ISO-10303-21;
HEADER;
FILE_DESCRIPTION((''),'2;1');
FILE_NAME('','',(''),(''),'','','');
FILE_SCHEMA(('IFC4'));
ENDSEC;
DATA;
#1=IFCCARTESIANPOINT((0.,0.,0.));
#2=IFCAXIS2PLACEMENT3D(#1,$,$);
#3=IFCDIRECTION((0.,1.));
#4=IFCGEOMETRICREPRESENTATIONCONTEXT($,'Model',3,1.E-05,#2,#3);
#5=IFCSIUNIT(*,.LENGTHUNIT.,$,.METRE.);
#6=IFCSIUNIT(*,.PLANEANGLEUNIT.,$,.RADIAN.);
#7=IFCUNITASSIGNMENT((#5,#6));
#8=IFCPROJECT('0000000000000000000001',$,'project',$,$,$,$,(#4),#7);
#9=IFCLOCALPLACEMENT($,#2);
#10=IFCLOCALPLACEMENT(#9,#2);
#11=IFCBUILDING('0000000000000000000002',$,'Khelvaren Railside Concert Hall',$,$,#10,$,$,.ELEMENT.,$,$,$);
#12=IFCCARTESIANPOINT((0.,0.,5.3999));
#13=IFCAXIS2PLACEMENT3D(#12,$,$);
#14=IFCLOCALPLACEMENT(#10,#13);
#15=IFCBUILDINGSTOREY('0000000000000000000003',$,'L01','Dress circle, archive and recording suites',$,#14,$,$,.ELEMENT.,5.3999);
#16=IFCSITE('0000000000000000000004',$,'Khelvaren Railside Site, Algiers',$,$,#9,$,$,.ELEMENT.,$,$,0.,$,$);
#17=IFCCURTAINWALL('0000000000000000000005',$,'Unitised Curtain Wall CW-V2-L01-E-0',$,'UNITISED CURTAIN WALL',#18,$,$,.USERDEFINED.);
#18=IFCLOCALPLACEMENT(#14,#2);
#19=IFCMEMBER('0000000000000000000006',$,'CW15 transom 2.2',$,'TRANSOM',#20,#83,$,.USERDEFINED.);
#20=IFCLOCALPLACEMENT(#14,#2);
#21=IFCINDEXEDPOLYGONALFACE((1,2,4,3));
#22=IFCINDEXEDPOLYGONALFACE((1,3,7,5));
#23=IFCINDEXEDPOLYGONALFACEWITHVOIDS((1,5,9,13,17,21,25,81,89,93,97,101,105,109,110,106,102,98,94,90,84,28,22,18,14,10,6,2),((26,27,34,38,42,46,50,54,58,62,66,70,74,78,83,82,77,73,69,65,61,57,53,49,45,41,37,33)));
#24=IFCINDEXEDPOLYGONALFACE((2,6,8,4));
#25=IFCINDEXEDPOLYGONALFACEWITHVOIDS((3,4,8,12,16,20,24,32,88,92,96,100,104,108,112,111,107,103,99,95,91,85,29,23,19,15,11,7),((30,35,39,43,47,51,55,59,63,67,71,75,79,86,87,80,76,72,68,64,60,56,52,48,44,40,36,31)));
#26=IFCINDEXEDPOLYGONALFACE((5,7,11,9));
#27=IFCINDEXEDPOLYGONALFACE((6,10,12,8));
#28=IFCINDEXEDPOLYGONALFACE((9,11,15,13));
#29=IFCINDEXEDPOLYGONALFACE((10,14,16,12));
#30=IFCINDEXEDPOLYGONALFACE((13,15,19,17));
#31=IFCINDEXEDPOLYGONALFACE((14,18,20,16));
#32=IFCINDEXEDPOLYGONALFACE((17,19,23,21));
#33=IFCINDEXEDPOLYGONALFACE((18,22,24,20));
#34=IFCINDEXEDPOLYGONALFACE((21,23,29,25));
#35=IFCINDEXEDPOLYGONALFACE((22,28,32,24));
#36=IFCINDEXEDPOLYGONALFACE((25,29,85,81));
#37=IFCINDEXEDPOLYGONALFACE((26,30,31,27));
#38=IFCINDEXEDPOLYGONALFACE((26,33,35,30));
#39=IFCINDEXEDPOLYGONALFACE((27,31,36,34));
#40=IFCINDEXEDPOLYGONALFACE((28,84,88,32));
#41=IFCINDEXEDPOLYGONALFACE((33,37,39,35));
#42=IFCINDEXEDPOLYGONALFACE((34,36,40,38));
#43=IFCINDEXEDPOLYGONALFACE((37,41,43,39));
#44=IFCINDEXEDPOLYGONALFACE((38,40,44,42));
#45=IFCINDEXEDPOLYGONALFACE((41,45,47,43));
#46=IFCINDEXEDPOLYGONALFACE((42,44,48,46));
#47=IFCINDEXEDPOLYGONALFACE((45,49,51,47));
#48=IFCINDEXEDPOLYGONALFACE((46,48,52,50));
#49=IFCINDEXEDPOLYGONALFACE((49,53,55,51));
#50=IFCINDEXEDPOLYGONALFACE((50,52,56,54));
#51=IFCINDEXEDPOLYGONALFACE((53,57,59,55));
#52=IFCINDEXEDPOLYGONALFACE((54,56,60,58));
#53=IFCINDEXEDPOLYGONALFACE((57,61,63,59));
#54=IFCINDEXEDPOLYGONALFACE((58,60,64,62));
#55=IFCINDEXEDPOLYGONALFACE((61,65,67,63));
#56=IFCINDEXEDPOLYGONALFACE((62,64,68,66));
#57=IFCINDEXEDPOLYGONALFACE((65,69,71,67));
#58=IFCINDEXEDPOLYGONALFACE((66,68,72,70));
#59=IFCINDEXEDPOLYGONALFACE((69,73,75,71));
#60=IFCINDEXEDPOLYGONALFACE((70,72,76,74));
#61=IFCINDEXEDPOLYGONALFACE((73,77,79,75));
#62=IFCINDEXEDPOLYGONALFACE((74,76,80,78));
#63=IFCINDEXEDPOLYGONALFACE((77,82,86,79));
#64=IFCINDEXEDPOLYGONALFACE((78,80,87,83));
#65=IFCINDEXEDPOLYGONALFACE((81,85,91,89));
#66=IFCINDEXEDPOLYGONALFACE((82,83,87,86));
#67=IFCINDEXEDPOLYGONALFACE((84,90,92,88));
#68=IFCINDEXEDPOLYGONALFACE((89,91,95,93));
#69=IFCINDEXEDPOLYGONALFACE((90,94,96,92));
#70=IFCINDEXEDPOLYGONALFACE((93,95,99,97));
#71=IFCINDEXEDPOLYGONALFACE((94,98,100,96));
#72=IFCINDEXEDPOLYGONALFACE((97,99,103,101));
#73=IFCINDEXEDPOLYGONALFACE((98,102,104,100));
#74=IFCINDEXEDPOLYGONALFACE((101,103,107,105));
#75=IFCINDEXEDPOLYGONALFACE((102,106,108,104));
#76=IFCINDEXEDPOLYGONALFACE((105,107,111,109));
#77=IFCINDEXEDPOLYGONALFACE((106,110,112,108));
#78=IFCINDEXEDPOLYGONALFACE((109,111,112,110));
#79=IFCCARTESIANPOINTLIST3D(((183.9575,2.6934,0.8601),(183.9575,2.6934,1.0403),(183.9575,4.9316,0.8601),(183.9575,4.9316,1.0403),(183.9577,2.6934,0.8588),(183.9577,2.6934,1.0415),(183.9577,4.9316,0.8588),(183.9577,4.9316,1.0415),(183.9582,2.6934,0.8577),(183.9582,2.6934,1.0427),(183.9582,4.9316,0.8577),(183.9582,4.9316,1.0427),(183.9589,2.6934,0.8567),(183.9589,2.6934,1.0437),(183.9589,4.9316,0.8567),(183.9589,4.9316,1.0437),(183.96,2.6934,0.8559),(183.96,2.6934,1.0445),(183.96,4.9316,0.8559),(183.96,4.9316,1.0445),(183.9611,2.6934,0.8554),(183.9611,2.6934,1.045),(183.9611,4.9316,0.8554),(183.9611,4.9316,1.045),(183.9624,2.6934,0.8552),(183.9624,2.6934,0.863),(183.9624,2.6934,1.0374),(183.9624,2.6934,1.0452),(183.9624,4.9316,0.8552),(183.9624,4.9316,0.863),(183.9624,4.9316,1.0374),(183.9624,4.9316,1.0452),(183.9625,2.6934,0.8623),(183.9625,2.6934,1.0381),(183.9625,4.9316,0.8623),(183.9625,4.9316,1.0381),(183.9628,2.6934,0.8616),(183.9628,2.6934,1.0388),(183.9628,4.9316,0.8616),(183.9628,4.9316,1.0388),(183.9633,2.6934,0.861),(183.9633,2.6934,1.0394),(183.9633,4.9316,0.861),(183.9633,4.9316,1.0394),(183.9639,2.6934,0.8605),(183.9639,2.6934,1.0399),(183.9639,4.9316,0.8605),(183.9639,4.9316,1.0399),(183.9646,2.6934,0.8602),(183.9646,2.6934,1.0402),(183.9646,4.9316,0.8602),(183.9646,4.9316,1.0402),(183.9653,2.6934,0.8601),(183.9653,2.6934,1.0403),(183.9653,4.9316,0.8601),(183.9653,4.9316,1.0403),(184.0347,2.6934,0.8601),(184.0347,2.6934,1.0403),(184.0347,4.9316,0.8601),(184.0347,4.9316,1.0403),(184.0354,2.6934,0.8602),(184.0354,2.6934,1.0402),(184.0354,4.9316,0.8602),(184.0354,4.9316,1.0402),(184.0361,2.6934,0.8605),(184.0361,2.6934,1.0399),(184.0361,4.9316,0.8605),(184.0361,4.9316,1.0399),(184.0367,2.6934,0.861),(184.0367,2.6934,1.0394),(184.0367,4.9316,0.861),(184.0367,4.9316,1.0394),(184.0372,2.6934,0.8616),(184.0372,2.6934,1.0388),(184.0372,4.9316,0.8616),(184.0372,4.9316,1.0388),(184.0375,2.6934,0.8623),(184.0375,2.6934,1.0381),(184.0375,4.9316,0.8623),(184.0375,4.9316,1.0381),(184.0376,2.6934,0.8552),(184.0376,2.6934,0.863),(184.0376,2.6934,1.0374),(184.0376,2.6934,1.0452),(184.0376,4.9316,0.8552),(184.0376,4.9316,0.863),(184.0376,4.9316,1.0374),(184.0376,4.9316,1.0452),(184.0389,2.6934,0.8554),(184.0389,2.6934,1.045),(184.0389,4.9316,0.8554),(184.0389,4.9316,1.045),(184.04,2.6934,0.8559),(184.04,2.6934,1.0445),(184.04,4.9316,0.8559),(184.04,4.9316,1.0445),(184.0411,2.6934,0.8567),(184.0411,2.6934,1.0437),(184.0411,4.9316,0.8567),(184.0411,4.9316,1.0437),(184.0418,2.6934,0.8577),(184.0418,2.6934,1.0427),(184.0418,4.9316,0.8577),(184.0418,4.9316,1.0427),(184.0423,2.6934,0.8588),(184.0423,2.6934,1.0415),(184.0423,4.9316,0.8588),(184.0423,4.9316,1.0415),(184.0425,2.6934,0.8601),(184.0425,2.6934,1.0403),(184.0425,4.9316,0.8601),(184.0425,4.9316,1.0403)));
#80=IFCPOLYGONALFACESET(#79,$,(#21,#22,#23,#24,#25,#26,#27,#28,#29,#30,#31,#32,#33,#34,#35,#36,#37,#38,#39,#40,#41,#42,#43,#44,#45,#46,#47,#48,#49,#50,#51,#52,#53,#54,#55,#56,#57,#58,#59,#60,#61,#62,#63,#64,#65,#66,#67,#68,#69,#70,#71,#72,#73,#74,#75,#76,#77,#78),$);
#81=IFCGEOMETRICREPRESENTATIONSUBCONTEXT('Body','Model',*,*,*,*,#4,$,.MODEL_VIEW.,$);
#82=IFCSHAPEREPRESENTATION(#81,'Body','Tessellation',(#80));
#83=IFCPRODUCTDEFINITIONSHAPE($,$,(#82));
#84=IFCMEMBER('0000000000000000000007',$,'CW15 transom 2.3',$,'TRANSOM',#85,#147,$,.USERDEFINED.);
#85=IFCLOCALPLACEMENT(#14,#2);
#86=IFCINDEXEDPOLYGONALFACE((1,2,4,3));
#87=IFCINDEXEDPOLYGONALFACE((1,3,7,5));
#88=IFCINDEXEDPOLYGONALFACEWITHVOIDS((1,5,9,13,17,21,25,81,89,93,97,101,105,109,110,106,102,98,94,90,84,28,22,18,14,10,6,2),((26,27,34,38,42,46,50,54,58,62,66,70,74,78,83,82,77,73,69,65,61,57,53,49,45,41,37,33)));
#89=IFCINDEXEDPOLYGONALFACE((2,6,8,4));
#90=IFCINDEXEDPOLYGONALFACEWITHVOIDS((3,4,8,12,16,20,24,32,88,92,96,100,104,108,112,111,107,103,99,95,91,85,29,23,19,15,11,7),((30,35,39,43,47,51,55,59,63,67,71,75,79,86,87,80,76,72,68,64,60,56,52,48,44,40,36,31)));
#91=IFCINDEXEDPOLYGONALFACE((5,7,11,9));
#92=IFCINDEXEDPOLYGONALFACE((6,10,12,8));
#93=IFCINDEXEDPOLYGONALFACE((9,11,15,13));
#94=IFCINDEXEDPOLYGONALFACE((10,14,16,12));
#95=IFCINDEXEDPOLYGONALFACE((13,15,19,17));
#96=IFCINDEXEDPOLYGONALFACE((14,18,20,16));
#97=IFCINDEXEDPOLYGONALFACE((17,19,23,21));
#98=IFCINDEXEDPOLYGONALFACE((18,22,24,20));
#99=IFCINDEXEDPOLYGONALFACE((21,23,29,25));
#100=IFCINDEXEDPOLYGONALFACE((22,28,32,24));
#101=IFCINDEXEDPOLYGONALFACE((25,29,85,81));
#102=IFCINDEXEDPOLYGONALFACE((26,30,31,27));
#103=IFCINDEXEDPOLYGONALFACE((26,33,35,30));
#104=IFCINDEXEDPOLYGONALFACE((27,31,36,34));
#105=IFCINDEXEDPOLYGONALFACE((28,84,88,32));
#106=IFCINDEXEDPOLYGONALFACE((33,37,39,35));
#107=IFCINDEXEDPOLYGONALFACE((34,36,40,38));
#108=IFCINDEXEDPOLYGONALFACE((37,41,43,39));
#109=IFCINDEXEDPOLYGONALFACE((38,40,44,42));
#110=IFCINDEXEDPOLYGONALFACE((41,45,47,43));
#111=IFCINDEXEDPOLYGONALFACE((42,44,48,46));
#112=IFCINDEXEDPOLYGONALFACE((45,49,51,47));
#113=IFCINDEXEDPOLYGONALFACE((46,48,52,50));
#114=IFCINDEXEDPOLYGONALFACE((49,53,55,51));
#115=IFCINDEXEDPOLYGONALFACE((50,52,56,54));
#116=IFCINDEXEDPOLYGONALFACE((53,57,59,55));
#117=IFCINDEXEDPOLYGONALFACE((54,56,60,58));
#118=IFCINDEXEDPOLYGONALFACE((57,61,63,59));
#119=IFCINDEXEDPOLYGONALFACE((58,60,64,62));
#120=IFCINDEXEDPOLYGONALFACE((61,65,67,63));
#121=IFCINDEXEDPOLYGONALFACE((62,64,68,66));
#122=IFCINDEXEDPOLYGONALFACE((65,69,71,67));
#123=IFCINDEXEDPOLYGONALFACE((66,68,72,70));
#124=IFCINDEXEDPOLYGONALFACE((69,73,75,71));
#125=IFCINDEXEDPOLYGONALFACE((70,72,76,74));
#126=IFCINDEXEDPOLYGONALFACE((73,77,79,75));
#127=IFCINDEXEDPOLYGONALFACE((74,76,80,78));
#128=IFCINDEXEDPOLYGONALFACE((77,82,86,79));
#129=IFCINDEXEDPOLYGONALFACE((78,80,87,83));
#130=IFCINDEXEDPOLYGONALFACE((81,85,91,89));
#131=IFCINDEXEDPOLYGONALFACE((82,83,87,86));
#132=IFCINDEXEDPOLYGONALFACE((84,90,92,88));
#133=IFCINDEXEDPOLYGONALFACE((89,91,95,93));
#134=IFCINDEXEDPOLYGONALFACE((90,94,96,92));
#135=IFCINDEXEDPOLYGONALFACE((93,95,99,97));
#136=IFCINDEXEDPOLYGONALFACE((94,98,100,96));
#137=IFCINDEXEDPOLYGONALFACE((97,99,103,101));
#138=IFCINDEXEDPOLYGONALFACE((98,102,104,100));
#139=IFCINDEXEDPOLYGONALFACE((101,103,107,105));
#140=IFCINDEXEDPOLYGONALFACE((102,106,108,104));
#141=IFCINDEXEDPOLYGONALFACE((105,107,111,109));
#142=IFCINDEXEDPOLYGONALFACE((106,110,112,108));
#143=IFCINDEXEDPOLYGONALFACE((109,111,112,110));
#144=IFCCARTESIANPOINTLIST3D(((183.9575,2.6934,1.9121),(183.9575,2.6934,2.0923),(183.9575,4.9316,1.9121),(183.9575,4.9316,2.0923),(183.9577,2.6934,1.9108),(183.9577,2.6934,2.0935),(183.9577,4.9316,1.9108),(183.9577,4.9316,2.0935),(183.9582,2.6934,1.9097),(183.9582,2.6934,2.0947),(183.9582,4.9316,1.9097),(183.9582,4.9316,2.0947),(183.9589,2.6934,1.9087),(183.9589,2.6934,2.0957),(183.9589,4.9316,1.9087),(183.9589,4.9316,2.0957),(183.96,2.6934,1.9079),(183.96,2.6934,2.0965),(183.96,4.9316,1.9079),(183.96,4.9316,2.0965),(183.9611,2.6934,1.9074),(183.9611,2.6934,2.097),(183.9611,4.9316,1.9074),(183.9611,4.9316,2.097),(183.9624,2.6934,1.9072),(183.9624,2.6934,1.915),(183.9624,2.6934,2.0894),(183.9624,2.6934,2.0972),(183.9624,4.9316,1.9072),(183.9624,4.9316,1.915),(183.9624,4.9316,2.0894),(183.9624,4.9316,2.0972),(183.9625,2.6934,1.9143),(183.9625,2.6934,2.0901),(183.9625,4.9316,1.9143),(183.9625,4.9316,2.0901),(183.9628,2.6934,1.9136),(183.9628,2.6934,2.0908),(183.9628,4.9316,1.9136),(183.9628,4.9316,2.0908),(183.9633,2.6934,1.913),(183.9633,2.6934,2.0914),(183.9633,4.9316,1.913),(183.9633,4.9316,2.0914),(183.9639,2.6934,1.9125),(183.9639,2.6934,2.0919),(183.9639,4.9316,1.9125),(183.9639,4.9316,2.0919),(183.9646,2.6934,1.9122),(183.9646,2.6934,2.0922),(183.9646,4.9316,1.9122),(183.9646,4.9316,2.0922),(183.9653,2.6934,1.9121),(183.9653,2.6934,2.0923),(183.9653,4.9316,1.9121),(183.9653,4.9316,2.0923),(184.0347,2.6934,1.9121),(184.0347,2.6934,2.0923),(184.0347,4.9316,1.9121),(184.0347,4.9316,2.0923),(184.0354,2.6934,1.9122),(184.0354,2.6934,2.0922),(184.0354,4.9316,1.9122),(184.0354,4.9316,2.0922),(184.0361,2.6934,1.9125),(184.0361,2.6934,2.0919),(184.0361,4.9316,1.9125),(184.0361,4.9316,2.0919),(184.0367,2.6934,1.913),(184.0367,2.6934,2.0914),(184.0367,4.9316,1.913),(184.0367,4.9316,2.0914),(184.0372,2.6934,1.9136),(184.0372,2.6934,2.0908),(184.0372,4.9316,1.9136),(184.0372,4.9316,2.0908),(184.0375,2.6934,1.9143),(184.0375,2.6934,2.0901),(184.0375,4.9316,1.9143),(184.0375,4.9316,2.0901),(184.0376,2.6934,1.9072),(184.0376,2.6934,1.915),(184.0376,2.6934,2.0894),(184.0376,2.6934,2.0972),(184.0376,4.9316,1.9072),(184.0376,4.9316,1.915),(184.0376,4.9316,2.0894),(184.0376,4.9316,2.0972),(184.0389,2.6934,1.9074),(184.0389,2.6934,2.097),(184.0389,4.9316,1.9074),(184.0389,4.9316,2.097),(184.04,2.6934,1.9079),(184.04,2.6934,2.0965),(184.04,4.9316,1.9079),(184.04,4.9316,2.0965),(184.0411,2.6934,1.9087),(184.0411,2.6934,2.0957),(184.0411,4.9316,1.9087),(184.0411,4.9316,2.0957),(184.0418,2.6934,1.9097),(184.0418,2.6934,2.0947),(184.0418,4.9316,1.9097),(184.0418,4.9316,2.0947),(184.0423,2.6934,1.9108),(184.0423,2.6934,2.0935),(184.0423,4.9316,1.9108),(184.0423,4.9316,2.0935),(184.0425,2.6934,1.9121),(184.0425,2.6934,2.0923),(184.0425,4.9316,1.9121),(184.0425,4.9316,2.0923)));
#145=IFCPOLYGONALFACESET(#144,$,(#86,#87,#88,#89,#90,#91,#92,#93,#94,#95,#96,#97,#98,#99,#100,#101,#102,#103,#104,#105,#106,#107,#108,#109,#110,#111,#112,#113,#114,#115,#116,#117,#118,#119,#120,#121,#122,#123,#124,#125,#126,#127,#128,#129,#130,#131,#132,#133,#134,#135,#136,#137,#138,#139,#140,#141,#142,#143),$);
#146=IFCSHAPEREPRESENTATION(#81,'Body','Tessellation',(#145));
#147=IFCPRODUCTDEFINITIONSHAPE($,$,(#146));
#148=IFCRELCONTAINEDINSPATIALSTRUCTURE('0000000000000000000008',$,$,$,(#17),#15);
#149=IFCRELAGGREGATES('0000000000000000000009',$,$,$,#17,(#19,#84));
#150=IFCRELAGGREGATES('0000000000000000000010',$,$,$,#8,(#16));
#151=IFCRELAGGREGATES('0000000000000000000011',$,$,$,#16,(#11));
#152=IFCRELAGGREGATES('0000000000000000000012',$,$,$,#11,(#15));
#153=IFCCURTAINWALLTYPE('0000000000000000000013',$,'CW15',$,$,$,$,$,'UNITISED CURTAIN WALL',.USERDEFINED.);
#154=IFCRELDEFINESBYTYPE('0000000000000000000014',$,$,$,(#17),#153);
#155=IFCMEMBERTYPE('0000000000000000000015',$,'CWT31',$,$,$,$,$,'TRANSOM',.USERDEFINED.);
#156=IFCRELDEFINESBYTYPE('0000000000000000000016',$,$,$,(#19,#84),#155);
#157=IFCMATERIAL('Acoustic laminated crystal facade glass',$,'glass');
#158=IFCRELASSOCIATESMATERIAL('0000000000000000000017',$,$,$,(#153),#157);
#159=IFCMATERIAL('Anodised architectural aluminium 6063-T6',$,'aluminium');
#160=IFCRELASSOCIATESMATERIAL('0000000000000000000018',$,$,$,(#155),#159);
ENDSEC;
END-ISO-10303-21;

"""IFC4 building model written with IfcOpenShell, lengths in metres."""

from ifc_helpers import new_model, si_unit, direction, frame, origin, origin_2d, place, context, subcontext, project, spatial, hollow_rectangle, extrude, material, material_profile, profile_set, type_object, element, aggregate, save


model = new_model("IFC4")

# Units and contexts
model_context = context("Model", 3, precision=1e-05, world=origin(), true_north=direction((0.0, 1.0)))
body_context = subcontext(model_context, "Body", "Model", "MODEL_VIEW")
ifc_project = project(units=[si_unit("LENGTHUNIT", "METRE"), si_unit("PLANEANGLEUNIT", "RADIAN")], contexts=[model_context])

# Site, building, storey
site_placement = place(None, origin())
site = spatial("IfcSite", under=ifc_project, at=site_placement, Name="Khelvaren Railside Site, Algiers", CompositionType="ELEMENT", RefElevation=0.0)
building_placement = place(site_placement, origin())
building = spatial("IfcBuilding", under=site, at=building_placement, Name="Khelvaren Railside Concert Hall", CompositionType="ELEMENT")
storey_placement = place(building_placement, frame((0.0, 0.0, 5.3999)))
storey = spatial("IfcBuildingStorey", under=building, at=storey_placement, Name="L01", Description="Dress circle, archive and recording suites", CompositionType="ELEMENT", Elevation=5.3999)

# Shared definitions
ifc_material_1 = material(Name="Acoustic laminated crystal facade glass", Category="glass")
curtain_wall_type = type_object("IfcCurtainWallType", Name="CW15", ElementType="UNITISED CURTAIN WALL", PredefinedType="USERDEFINED", material=ifc_material_1)
ifc_material_2 = material(Name="Anodised architectural aluminium 6063-T6", Category="aluminium")

# Curtain wall
curtain_wall_1_placement = place(storey_placement, origin())
curtain_wall_1 = element("IfcCurtainWall", 1, at=curtain_wall_1_placement, inside=storey, type_object=curtain_wall_type, Name="Unitised Curtain Wall CW-V2-L01-E-0", ObjectType="UNITISED CURTAIN WALL", PredefinedType="USERDEFINED")

# Members
ifc_material_profile_1 = material_profile(ifc_material_2, hollow_rectangle(XDim=0.085, YDim=0.1899, WallThickness=0.0049, InnerFilletRadius=0.0029, OuterFilletRadius=0.0049, at=origin_2d()), Name="CWT 85x190x5")
ifc_profile_set_1 = profile_set([ifc_material_profile_1], Name="Anodised architectural aluminium 6063-T6")
member_type_1 = type_object("IfcMemberType", Name="CWT31", ElementType="TRANSOM", PredefinedType="USERDEFINED", material=ifc_profile_set_1)
member_1_placement = place(storey_placement, frame((184.0, 4.9316, 0.9502), z_axis=(0.0, -1.0, 0.0), x_axis=(1.0, 0.0, 0.0)))
member_1 = element("IfcMember", 2, at=member_1_placement, type_object=member_type_1, Name="CW15 transom 2.2", ObjectType="TRANSOM", PredefinedType="USERDEFINED", context=body_context, shape_type="SweptSolid", body=[
    extrude(hollow_rectangle(XDim=0.085, YDim=0.1899, WallThickness=0.0049, InnerFilletRadius=0.0029, OuterFilletRadius=0.0049, at=origin_2d()), origin(), (0.0, 0.0, 1.0), 2.2383),
])
member_2_placement = place(storey_placement, frame((184.0, 4.9316, 2.0022), z_axis=(0.0, -1.0, 0.0), x_axis=(1.0, 0.0, 0.0)))
member_2 = element("IfcMember", 3, at=member_2_placement, type_object=member_type_1, Name="CW15 transom 2.3", ObjectType="TRANSOM", PredefinedType="USERDEFINED", context=body_context, shape_type="SweptSolid", body=[
    extrude(hollow_rectangle(XDim=0.085, YDim=0.1899, WallThickness=0.0049, InnerFilletRadius=0.0029, OuterFilletRadius=0.0049, at=origin_2d()), origin(), (0.0, 0.0, 1.0), 2.2383),
])

aggregate(curtain_wall_1, [member_1, member_2])

save(model, "model.ifc")
